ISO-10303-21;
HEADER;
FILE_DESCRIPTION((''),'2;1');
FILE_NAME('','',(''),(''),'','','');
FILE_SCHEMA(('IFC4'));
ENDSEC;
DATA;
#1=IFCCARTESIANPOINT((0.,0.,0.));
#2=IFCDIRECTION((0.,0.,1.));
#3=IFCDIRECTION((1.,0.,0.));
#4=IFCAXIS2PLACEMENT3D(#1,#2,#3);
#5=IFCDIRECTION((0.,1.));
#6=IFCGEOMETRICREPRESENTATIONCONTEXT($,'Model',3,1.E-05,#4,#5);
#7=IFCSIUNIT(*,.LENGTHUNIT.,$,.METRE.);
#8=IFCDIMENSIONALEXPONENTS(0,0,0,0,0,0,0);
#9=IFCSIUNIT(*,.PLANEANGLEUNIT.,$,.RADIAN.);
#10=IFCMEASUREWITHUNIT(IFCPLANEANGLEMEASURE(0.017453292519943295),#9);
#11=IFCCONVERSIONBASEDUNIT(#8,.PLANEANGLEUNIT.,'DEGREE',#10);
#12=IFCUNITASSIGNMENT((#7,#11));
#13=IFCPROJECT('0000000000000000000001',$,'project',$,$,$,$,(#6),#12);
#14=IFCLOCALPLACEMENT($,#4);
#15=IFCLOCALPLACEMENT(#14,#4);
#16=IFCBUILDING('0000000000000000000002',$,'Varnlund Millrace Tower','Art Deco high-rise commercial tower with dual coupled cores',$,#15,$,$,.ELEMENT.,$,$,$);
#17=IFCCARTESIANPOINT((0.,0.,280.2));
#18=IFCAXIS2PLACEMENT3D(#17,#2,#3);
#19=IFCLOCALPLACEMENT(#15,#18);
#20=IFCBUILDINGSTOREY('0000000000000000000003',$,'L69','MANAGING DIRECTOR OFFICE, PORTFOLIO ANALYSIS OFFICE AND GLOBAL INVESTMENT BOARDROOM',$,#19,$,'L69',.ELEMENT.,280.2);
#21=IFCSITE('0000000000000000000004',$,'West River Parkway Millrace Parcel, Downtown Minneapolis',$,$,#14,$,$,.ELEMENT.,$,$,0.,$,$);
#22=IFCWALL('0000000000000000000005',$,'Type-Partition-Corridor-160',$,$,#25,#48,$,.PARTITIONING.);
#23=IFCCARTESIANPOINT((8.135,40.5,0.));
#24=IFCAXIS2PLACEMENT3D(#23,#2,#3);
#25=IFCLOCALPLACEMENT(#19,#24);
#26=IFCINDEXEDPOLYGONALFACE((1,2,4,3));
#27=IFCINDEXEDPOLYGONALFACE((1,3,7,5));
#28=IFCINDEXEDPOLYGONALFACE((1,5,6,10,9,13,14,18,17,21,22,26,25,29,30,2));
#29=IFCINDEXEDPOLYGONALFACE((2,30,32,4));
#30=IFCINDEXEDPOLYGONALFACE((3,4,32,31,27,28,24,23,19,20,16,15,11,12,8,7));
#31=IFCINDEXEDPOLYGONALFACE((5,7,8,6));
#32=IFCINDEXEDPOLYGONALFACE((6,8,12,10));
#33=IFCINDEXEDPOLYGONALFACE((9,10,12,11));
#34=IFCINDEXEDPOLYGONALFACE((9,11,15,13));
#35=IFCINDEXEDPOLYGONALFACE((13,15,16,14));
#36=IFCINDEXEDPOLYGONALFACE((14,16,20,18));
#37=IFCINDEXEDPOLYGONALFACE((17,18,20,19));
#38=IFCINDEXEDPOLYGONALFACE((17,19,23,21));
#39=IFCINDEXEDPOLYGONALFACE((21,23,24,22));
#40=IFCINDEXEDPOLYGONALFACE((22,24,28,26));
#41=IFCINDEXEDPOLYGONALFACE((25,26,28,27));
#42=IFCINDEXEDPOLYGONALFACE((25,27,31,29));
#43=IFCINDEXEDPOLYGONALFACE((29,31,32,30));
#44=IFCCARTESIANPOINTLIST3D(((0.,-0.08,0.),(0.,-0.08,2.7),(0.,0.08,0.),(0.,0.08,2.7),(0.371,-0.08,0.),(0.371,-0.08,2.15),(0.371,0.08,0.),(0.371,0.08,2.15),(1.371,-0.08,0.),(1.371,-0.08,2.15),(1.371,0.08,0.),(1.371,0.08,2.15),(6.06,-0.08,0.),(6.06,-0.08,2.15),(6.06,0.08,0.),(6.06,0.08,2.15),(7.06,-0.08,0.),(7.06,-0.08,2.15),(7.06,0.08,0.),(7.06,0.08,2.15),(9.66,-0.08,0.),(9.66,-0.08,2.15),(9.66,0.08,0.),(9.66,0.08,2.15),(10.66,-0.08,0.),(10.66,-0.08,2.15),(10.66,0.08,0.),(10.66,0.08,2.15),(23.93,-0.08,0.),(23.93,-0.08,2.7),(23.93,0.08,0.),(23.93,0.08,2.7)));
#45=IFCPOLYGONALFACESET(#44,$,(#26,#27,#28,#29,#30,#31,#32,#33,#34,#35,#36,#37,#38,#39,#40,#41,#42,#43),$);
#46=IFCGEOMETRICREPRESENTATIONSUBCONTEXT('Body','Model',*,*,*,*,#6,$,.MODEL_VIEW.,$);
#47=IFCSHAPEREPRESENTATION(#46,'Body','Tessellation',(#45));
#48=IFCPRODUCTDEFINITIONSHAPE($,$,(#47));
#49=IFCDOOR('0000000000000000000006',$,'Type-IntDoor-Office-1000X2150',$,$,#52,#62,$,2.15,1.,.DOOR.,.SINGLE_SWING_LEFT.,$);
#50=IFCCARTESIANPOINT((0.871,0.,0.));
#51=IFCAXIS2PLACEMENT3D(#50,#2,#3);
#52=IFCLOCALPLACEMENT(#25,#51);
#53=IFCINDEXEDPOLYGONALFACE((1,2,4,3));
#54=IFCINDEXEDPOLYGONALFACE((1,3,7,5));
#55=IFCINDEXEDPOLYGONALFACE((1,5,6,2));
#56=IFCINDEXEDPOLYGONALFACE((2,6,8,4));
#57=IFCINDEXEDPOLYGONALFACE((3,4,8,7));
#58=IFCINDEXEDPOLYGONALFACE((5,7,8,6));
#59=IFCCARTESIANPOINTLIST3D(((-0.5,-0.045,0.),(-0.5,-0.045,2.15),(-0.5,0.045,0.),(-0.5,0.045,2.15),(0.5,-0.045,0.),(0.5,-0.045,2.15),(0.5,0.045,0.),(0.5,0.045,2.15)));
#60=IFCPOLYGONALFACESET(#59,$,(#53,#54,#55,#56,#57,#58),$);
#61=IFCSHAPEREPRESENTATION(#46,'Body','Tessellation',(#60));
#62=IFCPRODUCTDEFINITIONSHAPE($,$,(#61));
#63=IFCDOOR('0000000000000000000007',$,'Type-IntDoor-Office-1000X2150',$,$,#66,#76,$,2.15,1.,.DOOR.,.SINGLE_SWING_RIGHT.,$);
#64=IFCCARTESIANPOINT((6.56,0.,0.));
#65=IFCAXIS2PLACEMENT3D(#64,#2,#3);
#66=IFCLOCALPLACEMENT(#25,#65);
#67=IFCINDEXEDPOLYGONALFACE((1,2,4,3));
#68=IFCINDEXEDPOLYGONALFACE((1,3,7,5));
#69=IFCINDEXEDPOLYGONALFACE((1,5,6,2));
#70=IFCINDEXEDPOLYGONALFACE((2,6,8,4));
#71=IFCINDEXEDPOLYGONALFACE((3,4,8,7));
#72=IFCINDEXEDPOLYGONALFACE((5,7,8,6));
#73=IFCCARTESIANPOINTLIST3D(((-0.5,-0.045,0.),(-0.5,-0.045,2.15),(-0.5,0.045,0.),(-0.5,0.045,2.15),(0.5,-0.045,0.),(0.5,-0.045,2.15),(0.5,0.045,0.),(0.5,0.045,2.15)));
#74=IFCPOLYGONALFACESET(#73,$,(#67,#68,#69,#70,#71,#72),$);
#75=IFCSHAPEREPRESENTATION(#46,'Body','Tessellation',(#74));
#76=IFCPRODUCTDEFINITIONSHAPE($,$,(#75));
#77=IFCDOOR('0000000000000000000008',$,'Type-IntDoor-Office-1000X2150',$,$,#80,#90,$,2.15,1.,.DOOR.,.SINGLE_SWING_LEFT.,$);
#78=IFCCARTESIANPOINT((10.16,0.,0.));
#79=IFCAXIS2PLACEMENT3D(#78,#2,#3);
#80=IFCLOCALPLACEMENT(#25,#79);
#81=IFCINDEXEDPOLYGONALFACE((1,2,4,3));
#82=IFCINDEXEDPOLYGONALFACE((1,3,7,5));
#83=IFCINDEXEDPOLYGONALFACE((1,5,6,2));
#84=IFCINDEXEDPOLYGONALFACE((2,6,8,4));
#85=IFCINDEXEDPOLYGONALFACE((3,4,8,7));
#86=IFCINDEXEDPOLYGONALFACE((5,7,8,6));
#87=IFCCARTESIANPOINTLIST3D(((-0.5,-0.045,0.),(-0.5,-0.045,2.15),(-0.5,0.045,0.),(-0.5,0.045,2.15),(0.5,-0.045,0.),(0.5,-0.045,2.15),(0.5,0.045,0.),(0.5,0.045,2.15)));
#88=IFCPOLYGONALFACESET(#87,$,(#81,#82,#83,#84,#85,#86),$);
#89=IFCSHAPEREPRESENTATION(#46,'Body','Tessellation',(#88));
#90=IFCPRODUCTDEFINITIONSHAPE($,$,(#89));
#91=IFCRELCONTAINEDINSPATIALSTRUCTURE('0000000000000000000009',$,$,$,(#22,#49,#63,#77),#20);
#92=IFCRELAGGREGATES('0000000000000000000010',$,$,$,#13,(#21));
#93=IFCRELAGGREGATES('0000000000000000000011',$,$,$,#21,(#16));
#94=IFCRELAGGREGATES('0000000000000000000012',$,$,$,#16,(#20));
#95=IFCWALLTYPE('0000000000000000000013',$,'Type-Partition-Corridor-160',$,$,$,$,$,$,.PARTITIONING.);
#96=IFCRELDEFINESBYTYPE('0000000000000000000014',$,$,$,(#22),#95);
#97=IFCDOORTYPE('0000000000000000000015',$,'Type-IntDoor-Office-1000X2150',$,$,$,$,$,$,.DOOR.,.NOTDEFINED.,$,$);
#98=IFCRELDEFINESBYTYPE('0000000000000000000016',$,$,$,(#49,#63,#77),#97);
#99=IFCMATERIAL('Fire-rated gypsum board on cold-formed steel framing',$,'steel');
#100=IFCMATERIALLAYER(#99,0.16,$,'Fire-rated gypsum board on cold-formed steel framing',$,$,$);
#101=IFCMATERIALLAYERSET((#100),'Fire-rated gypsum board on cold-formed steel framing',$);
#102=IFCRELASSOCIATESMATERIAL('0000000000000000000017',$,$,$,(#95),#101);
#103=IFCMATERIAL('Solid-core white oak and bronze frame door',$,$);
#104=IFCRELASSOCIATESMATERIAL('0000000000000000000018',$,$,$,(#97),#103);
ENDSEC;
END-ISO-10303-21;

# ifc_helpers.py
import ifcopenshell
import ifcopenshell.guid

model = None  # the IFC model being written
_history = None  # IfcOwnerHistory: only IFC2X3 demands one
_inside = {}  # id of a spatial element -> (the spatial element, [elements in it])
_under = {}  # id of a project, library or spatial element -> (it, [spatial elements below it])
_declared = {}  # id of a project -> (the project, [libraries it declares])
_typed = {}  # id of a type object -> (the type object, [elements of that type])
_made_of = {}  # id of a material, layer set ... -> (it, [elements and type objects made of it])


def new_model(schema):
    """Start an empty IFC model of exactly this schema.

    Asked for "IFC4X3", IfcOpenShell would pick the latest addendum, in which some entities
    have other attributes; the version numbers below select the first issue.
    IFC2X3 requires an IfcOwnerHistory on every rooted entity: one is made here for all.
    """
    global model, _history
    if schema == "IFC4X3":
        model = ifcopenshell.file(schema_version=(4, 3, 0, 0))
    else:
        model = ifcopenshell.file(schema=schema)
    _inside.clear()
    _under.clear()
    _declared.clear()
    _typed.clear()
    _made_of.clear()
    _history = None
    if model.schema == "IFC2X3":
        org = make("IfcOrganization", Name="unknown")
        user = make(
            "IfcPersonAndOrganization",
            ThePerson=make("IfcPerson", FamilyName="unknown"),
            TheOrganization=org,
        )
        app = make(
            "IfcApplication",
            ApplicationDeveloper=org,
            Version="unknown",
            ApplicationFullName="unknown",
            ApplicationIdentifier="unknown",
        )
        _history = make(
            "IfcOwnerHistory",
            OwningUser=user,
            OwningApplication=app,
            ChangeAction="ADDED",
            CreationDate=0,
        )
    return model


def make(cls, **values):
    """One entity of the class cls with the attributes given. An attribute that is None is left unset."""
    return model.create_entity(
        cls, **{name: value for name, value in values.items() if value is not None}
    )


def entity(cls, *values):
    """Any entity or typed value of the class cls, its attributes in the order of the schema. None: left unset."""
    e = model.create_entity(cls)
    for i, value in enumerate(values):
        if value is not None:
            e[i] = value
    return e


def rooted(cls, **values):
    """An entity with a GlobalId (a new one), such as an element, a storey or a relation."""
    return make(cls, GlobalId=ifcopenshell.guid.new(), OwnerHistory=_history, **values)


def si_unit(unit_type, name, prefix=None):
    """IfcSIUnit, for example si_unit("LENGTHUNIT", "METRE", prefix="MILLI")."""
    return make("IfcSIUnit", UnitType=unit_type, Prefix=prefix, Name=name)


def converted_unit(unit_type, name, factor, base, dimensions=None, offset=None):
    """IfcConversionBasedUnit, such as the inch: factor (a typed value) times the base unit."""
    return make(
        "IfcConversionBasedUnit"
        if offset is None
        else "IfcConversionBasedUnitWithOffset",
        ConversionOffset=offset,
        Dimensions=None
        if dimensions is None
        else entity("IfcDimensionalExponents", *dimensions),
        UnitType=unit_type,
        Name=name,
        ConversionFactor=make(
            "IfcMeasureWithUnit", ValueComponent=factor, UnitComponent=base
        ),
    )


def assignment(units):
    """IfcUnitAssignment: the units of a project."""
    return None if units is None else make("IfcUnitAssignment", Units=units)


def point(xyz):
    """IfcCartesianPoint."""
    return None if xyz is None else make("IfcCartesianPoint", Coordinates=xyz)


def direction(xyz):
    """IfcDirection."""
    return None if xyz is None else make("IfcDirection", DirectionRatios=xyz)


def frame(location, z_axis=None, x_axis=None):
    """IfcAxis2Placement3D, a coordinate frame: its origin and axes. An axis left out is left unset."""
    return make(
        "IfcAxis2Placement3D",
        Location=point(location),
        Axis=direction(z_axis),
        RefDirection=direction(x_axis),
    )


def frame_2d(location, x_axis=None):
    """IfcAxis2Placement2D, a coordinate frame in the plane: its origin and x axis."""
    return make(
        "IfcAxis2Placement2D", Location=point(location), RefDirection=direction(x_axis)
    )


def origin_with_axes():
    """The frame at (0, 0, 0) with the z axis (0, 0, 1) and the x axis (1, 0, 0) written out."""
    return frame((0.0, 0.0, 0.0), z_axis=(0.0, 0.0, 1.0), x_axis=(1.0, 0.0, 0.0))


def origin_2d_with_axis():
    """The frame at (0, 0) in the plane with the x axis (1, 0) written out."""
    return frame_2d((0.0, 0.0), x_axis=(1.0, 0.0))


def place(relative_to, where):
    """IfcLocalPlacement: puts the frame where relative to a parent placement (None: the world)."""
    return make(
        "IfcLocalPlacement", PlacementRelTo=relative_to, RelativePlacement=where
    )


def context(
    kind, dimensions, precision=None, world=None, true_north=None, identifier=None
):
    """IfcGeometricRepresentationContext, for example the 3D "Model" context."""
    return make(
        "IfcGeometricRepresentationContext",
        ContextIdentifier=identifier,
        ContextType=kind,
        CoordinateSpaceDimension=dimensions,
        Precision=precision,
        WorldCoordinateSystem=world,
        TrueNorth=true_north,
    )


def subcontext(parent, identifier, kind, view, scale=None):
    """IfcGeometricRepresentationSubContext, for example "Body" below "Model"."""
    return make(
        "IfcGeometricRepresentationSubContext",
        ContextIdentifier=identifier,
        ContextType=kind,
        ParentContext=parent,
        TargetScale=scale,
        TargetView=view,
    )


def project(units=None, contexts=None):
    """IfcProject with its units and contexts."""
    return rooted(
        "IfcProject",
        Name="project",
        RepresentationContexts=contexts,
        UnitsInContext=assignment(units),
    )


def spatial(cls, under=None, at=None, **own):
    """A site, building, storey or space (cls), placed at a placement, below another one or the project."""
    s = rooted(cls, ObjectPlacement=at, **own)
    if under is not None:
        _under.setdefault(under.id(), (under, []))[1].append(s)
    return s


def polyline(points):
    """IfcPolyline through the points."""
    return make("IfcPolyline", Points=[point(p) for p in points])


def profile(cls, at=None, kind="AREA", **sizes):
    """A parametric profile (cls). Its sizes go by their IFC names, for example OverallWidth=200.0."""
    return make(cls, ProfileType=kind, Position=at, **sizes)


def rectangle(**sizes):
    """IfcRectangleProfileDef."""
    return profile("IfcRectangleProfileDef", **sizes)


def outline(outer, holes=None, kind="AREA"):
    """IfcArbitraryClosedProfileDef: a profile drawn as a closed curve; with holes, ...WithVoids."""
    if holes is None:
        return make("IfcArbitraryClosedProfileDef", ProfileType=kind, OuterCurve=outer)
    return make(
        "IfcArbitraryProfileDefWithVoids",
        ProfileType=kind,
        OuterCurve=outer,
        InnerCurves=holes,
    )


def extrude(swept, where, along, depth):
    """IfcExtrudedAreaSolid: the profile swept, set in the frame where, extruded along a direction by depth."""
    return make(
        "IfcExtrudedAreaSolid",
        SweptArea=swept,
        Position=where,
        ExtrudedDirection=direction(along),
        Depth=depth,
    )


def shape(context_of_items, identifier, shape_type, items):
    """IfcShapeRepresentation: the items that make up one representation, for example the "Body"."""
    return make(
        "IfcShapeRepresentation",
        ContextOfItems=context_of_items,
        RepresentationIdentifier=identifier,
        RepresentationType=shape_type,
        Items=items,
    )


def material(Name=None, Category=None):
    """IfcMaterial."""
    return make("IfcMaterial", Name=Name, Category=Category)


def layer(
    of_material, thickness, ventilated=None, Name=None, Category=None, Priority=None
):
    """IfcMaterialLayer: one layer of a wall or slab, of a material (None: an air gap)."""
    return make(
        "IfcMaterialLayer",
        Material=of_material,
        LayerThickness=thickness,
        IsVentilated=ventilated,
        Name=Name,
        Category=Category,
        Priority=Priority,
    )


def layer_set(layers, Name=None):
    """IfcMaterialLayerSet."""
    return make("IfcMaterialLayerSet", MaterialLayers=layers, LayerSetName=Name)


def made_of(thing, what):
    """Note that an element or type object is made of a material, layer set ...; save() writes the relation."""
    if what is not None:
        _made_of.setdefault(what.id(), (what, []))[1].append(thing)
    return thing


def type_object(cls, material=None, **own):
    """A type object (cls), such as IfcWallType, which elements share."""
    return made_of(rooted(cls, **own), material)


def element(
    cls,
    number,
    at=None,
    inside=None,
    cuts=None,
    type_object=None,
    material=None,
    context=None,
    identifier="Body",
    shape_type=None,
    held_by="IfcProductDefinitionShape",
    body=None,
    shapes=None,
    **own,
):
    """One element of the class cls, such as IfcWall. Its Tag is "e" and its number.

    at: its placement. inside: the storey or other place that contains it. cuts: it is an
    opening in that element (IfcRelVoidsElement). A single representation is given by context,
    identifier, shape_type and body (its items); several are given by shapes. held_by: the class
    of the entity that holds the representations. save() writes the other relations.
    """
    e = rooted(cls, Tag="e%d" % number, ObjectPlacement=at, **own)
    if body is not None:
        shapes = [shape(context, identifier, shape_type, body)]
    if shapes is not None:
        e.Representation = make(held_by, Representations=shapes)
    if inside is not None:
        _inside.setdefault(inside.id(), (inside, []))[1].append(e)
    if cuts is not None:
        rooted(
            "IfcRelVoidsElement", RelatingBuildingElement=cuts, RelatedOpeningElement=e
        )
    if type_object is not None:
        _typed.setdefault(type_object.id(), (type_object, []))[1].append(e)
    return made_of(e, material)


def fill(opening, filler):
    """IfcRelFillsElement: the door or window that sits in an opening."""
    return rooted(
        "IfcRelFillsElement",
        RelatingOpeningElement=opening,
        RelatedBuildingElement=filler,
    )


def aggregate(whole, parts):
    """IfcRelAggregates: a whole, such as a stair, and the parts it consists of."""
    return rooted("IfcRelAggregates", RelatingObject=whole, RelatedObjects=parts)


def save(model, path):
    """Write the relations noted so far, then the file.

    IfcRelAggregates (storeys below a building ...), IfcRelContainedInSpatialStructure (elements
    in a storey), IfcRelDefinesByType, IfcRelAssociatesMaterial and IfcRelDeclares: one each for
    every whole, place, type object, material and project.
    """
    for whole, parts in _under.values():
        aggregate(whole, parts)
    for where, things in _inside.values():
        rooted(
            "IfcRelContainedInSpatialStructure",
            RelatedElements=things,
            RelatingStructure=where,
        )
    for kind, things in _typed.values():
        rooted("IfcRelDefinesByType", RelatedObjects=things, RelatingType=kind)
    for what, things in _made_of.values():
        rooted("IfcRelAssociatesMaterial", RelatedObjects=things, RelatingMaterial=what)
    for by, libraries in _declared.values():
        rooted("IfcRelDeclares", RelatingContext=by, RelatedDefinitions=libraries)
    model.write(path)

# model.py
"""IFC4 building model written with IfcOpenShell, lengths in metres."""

from ifc_helpers import new_model, entity, si_unit, converted_unit, direction, frame, origin_with_axes, origin_2d_with_axis, place, context, subcontext, project, spatial, polyline, rectangle, outline, extrude, material, layer, layer_set, type_object, element, fill, save


model = new_model("IFC4")

# Units and contexts
model_context = context("Model", 3, precision=1e-05, world=origin_with_axes(), true_north=direction((0.0, 1.0)))
body_context = subcontext(model_context, "Body", "Model", "MODEL_VIEW")
ifc_project = project(units=[si_unit("LENGTHUNIT", "METRE"), converted_unit("PLANEANGLEUNIT", "DEGREE", entity("IfcPlaneAngleMeasure", 0.017453292519943295), si_unit("PLANEANGLEUNIT", "RADIAN"), dimensions=[0, 0, 0, 0, 0, 0, 0])], contexts=[model_context])

# Site, building, storey
site_placement = place(None, origin_with_axes())
site = spatial("IfcSite", under=ifc_project, at=site_placement, Name="West River Parkway Millrace Parcel, Downtown Minneapolis", CompositionType="ELEMENT", RefElevation=0.0)
building_placement = place(site_placement, origin_with_axes())
building = spatial("IfcBuilding", under=site, at=building_placement, Name="Varnlund Millrace Tower", Description="Art Deco high-rise commercial tower with dual coupled cores", CompositionType="ELEMENT")
storey_placement = place(building_placement, frame((0.0, 0.0, 280.2), z_axis=(0.0, 0.0, 1.0), x_axis=(1.0, 0.0, 0.0)))
storey = spatial("IfcBuildingStorey", under=building, at=storey_placement, Name="L69", Description="MANAGING DIRECTOR OFFICE, PORTFOLIO ANALYSIS OFFICE AND GLOBAL INVESTMENT BOARDROOM", LongName="L69", CompositionType="ELEMENT", Elevation=280.2)

# Shared definitions
ifc_material_1 = material(Name="Fire-rated gypsum board on cold-formed steel framing", Category="steel")
ifc_layer_1 = layer(ifc_material_1, 0.16, Name="Fire-rated gypsum board on cold-formed steel framing")
ifc_layer_set_1 = layer_set([ifc_layer_1], Name="Fire-rated gypsum board on cold-formed steel framing")
wall_type_1 = type_object("IfcWallType", Name="Type-Partition-Corridor-160", PredefinedType="PARTITIONING", material=ifc_layer_set_1)

# Wall, openings, doors
wall_1_placement = place(storey_placement, frame((8.135, 40.5, 0.0), z_axis=(0.0, 0.0, 1.0), x_axis=(1.0, 0.0, 0.0)))
wall_1 = element("IfcWall", 1, at=wall_1_placement, inside=storey, type_object=wall_type_1, Name="Type-Partition-Corridor-160", PredefinedType="PARTITIONING", context=body_context, shape_type="SweptSolid", body=[
    extrude(outline(polyline([(0.0, -0.08), (23.93, -0.08), (23.93, 0.08), (0.0, 0.08), (0.0, -0.08)])), origin_with_axes(), (0.0, 0.0, 1.0), 2.7),
])
opening_1_placement = place(wall_1_placement, frame((0.871, 0.0, 0.0), z_axis=(0.0, 0.0, 1.0), x_axis=(1.0, 0.0, 0.0)))
opening_1 = element("IfcOpeningElement", 2, at=opening_1_placement, cuts=wall_1, PredefinedType="OPENING", context=body_context, shape_type="SweptSolid", body=[
    extrude(rectangle(XDim=1.0, YDim=0.18, at=origin_2d_with_axis()), origin_with_axes(), (0.0, 0.0, 1.0), 2.15),
])
opening_2_placement = place(wall_1_placement, frame((6.56, 0.0, 0.0), z_axis=(0.0, 0.0, 1.0), x_axis=(1.0, 0.0, 0.0)))
opening_2 = element("IfcOpeningElement", 3, at=opening_2_placement, cuts=wall_1, PredefinedType="OPENING", context=body_context, shape_type="SweptSolid", body=[
    extrude(rectangle(XDim=1.0, YDim=0.18, at=origin_2d_with_axis()), origin_with_axes(), (0.0, 0.0, 1.0), 2.15),
])
opening_3_placement = place(wall_1_placement, frame((10.16, 0.0, 0.0), z_axis=(0.0, 0.0, 1.0), x_axis=(1.0, 0.0, 0.0)))
opening_3 = element("IfcOpeningElement", 4, at=opening_3_placement, cuts=wall_1, PredefinedType="OPENING", context=body_context, shape_type="SweptSolid", body=[
    extrude(rectangle(XDim=1.0, YDim=0.18, at=origin_2d_with_axis()), origin_with_axes(), (0.0, 0.0, 1.0), 2.15),
])
ifc_material_2 = material(Name="Solid-core white oak and bronze frame door")
door_type_1 = type_object("IfcDoorType", Name="Type-IntDoor-Office-1000X2150", OperationType="NOTDEFINED", PredefinedType="DOOR", material=ifc_material_2)
door_1_placement = place(wall_1_placement, frame((0.871, 0.0, 0.0), z_axis=(0.0, 0.0, 1.0), x_axis=(1.0, 0.0, 0.0)))
door_1 = element("IfcDoor", 5, at=door_1_placement, inside=storey, type_object=door_type_1, Name="Type-IntDoor-Office-1000X2150", OperationType="SINGLE_SWING_LEFT", OverallHeight=2.15, OverallWidth=1.0, PredefinedType="DOOR", context=body_context, shape_type="SweptSolid", body=[
    extrude(rectangle(XDim=1.0, YDim=0.09, at=origin_2d_with_axis()), origin_with_axes(), (0.0, 0.0, 1.0), 2.15),
])
fill(opening_1, door_1)
door_2_placement = place(wall_1_placement, frame((6.56, 0.0, 0.0), z_axis=(0.0, 0.0, 1.0), x_axis=(1.0, 0.0, 0.0)))
door_2 = element("IfcDoor", 6, at=door_2_placement, inside=storey, type_object=door_type_1, Name="Type-IntDoor-Office-1000X2150", OperationType="SINGLE_SWING_RIGHT", OverallHeight=2.15, OverallWidth=1.0, PredefinedType="DOOR", context=body_context, shape_type="SweptSolid", body=[
    extrude(rectangle(XDim=1.0, YDim=0.09, at=origin_2d_with_axis()), origin_with_axes(), (0.0, 0.0, 1.0), 2.15),
])
fill(opening_2, door_2)
door_3_placement = place(wall_1_placement, frame((10.16, 0.0, 0.0), z_axis=(0.0, 0.0, 1.0), x_axis=(1.0, 0.0, 0.0)))
door_3 = element("IfcDoor", 7, at=door_3_placement, inside=storey, type_object=door_type_1, Name="Type-IntDoor-Office-1000X2150", OperationType="SINGLE_SWING_LEFT", OverallHeight=2.15, OverallWidth=1.0, PredefinedType="DOOR", context=body_context, shape_type="SweptSolid", body=[
    extrude(rectangle(XDim=1.0, YDim=0.09, at=origin_2d_with_axis()), origin_with_axes(), (0.0, 0.0, 1.0), 2.15),
])
fill(opening_3, door_3)

save(model, "model.ifc")
